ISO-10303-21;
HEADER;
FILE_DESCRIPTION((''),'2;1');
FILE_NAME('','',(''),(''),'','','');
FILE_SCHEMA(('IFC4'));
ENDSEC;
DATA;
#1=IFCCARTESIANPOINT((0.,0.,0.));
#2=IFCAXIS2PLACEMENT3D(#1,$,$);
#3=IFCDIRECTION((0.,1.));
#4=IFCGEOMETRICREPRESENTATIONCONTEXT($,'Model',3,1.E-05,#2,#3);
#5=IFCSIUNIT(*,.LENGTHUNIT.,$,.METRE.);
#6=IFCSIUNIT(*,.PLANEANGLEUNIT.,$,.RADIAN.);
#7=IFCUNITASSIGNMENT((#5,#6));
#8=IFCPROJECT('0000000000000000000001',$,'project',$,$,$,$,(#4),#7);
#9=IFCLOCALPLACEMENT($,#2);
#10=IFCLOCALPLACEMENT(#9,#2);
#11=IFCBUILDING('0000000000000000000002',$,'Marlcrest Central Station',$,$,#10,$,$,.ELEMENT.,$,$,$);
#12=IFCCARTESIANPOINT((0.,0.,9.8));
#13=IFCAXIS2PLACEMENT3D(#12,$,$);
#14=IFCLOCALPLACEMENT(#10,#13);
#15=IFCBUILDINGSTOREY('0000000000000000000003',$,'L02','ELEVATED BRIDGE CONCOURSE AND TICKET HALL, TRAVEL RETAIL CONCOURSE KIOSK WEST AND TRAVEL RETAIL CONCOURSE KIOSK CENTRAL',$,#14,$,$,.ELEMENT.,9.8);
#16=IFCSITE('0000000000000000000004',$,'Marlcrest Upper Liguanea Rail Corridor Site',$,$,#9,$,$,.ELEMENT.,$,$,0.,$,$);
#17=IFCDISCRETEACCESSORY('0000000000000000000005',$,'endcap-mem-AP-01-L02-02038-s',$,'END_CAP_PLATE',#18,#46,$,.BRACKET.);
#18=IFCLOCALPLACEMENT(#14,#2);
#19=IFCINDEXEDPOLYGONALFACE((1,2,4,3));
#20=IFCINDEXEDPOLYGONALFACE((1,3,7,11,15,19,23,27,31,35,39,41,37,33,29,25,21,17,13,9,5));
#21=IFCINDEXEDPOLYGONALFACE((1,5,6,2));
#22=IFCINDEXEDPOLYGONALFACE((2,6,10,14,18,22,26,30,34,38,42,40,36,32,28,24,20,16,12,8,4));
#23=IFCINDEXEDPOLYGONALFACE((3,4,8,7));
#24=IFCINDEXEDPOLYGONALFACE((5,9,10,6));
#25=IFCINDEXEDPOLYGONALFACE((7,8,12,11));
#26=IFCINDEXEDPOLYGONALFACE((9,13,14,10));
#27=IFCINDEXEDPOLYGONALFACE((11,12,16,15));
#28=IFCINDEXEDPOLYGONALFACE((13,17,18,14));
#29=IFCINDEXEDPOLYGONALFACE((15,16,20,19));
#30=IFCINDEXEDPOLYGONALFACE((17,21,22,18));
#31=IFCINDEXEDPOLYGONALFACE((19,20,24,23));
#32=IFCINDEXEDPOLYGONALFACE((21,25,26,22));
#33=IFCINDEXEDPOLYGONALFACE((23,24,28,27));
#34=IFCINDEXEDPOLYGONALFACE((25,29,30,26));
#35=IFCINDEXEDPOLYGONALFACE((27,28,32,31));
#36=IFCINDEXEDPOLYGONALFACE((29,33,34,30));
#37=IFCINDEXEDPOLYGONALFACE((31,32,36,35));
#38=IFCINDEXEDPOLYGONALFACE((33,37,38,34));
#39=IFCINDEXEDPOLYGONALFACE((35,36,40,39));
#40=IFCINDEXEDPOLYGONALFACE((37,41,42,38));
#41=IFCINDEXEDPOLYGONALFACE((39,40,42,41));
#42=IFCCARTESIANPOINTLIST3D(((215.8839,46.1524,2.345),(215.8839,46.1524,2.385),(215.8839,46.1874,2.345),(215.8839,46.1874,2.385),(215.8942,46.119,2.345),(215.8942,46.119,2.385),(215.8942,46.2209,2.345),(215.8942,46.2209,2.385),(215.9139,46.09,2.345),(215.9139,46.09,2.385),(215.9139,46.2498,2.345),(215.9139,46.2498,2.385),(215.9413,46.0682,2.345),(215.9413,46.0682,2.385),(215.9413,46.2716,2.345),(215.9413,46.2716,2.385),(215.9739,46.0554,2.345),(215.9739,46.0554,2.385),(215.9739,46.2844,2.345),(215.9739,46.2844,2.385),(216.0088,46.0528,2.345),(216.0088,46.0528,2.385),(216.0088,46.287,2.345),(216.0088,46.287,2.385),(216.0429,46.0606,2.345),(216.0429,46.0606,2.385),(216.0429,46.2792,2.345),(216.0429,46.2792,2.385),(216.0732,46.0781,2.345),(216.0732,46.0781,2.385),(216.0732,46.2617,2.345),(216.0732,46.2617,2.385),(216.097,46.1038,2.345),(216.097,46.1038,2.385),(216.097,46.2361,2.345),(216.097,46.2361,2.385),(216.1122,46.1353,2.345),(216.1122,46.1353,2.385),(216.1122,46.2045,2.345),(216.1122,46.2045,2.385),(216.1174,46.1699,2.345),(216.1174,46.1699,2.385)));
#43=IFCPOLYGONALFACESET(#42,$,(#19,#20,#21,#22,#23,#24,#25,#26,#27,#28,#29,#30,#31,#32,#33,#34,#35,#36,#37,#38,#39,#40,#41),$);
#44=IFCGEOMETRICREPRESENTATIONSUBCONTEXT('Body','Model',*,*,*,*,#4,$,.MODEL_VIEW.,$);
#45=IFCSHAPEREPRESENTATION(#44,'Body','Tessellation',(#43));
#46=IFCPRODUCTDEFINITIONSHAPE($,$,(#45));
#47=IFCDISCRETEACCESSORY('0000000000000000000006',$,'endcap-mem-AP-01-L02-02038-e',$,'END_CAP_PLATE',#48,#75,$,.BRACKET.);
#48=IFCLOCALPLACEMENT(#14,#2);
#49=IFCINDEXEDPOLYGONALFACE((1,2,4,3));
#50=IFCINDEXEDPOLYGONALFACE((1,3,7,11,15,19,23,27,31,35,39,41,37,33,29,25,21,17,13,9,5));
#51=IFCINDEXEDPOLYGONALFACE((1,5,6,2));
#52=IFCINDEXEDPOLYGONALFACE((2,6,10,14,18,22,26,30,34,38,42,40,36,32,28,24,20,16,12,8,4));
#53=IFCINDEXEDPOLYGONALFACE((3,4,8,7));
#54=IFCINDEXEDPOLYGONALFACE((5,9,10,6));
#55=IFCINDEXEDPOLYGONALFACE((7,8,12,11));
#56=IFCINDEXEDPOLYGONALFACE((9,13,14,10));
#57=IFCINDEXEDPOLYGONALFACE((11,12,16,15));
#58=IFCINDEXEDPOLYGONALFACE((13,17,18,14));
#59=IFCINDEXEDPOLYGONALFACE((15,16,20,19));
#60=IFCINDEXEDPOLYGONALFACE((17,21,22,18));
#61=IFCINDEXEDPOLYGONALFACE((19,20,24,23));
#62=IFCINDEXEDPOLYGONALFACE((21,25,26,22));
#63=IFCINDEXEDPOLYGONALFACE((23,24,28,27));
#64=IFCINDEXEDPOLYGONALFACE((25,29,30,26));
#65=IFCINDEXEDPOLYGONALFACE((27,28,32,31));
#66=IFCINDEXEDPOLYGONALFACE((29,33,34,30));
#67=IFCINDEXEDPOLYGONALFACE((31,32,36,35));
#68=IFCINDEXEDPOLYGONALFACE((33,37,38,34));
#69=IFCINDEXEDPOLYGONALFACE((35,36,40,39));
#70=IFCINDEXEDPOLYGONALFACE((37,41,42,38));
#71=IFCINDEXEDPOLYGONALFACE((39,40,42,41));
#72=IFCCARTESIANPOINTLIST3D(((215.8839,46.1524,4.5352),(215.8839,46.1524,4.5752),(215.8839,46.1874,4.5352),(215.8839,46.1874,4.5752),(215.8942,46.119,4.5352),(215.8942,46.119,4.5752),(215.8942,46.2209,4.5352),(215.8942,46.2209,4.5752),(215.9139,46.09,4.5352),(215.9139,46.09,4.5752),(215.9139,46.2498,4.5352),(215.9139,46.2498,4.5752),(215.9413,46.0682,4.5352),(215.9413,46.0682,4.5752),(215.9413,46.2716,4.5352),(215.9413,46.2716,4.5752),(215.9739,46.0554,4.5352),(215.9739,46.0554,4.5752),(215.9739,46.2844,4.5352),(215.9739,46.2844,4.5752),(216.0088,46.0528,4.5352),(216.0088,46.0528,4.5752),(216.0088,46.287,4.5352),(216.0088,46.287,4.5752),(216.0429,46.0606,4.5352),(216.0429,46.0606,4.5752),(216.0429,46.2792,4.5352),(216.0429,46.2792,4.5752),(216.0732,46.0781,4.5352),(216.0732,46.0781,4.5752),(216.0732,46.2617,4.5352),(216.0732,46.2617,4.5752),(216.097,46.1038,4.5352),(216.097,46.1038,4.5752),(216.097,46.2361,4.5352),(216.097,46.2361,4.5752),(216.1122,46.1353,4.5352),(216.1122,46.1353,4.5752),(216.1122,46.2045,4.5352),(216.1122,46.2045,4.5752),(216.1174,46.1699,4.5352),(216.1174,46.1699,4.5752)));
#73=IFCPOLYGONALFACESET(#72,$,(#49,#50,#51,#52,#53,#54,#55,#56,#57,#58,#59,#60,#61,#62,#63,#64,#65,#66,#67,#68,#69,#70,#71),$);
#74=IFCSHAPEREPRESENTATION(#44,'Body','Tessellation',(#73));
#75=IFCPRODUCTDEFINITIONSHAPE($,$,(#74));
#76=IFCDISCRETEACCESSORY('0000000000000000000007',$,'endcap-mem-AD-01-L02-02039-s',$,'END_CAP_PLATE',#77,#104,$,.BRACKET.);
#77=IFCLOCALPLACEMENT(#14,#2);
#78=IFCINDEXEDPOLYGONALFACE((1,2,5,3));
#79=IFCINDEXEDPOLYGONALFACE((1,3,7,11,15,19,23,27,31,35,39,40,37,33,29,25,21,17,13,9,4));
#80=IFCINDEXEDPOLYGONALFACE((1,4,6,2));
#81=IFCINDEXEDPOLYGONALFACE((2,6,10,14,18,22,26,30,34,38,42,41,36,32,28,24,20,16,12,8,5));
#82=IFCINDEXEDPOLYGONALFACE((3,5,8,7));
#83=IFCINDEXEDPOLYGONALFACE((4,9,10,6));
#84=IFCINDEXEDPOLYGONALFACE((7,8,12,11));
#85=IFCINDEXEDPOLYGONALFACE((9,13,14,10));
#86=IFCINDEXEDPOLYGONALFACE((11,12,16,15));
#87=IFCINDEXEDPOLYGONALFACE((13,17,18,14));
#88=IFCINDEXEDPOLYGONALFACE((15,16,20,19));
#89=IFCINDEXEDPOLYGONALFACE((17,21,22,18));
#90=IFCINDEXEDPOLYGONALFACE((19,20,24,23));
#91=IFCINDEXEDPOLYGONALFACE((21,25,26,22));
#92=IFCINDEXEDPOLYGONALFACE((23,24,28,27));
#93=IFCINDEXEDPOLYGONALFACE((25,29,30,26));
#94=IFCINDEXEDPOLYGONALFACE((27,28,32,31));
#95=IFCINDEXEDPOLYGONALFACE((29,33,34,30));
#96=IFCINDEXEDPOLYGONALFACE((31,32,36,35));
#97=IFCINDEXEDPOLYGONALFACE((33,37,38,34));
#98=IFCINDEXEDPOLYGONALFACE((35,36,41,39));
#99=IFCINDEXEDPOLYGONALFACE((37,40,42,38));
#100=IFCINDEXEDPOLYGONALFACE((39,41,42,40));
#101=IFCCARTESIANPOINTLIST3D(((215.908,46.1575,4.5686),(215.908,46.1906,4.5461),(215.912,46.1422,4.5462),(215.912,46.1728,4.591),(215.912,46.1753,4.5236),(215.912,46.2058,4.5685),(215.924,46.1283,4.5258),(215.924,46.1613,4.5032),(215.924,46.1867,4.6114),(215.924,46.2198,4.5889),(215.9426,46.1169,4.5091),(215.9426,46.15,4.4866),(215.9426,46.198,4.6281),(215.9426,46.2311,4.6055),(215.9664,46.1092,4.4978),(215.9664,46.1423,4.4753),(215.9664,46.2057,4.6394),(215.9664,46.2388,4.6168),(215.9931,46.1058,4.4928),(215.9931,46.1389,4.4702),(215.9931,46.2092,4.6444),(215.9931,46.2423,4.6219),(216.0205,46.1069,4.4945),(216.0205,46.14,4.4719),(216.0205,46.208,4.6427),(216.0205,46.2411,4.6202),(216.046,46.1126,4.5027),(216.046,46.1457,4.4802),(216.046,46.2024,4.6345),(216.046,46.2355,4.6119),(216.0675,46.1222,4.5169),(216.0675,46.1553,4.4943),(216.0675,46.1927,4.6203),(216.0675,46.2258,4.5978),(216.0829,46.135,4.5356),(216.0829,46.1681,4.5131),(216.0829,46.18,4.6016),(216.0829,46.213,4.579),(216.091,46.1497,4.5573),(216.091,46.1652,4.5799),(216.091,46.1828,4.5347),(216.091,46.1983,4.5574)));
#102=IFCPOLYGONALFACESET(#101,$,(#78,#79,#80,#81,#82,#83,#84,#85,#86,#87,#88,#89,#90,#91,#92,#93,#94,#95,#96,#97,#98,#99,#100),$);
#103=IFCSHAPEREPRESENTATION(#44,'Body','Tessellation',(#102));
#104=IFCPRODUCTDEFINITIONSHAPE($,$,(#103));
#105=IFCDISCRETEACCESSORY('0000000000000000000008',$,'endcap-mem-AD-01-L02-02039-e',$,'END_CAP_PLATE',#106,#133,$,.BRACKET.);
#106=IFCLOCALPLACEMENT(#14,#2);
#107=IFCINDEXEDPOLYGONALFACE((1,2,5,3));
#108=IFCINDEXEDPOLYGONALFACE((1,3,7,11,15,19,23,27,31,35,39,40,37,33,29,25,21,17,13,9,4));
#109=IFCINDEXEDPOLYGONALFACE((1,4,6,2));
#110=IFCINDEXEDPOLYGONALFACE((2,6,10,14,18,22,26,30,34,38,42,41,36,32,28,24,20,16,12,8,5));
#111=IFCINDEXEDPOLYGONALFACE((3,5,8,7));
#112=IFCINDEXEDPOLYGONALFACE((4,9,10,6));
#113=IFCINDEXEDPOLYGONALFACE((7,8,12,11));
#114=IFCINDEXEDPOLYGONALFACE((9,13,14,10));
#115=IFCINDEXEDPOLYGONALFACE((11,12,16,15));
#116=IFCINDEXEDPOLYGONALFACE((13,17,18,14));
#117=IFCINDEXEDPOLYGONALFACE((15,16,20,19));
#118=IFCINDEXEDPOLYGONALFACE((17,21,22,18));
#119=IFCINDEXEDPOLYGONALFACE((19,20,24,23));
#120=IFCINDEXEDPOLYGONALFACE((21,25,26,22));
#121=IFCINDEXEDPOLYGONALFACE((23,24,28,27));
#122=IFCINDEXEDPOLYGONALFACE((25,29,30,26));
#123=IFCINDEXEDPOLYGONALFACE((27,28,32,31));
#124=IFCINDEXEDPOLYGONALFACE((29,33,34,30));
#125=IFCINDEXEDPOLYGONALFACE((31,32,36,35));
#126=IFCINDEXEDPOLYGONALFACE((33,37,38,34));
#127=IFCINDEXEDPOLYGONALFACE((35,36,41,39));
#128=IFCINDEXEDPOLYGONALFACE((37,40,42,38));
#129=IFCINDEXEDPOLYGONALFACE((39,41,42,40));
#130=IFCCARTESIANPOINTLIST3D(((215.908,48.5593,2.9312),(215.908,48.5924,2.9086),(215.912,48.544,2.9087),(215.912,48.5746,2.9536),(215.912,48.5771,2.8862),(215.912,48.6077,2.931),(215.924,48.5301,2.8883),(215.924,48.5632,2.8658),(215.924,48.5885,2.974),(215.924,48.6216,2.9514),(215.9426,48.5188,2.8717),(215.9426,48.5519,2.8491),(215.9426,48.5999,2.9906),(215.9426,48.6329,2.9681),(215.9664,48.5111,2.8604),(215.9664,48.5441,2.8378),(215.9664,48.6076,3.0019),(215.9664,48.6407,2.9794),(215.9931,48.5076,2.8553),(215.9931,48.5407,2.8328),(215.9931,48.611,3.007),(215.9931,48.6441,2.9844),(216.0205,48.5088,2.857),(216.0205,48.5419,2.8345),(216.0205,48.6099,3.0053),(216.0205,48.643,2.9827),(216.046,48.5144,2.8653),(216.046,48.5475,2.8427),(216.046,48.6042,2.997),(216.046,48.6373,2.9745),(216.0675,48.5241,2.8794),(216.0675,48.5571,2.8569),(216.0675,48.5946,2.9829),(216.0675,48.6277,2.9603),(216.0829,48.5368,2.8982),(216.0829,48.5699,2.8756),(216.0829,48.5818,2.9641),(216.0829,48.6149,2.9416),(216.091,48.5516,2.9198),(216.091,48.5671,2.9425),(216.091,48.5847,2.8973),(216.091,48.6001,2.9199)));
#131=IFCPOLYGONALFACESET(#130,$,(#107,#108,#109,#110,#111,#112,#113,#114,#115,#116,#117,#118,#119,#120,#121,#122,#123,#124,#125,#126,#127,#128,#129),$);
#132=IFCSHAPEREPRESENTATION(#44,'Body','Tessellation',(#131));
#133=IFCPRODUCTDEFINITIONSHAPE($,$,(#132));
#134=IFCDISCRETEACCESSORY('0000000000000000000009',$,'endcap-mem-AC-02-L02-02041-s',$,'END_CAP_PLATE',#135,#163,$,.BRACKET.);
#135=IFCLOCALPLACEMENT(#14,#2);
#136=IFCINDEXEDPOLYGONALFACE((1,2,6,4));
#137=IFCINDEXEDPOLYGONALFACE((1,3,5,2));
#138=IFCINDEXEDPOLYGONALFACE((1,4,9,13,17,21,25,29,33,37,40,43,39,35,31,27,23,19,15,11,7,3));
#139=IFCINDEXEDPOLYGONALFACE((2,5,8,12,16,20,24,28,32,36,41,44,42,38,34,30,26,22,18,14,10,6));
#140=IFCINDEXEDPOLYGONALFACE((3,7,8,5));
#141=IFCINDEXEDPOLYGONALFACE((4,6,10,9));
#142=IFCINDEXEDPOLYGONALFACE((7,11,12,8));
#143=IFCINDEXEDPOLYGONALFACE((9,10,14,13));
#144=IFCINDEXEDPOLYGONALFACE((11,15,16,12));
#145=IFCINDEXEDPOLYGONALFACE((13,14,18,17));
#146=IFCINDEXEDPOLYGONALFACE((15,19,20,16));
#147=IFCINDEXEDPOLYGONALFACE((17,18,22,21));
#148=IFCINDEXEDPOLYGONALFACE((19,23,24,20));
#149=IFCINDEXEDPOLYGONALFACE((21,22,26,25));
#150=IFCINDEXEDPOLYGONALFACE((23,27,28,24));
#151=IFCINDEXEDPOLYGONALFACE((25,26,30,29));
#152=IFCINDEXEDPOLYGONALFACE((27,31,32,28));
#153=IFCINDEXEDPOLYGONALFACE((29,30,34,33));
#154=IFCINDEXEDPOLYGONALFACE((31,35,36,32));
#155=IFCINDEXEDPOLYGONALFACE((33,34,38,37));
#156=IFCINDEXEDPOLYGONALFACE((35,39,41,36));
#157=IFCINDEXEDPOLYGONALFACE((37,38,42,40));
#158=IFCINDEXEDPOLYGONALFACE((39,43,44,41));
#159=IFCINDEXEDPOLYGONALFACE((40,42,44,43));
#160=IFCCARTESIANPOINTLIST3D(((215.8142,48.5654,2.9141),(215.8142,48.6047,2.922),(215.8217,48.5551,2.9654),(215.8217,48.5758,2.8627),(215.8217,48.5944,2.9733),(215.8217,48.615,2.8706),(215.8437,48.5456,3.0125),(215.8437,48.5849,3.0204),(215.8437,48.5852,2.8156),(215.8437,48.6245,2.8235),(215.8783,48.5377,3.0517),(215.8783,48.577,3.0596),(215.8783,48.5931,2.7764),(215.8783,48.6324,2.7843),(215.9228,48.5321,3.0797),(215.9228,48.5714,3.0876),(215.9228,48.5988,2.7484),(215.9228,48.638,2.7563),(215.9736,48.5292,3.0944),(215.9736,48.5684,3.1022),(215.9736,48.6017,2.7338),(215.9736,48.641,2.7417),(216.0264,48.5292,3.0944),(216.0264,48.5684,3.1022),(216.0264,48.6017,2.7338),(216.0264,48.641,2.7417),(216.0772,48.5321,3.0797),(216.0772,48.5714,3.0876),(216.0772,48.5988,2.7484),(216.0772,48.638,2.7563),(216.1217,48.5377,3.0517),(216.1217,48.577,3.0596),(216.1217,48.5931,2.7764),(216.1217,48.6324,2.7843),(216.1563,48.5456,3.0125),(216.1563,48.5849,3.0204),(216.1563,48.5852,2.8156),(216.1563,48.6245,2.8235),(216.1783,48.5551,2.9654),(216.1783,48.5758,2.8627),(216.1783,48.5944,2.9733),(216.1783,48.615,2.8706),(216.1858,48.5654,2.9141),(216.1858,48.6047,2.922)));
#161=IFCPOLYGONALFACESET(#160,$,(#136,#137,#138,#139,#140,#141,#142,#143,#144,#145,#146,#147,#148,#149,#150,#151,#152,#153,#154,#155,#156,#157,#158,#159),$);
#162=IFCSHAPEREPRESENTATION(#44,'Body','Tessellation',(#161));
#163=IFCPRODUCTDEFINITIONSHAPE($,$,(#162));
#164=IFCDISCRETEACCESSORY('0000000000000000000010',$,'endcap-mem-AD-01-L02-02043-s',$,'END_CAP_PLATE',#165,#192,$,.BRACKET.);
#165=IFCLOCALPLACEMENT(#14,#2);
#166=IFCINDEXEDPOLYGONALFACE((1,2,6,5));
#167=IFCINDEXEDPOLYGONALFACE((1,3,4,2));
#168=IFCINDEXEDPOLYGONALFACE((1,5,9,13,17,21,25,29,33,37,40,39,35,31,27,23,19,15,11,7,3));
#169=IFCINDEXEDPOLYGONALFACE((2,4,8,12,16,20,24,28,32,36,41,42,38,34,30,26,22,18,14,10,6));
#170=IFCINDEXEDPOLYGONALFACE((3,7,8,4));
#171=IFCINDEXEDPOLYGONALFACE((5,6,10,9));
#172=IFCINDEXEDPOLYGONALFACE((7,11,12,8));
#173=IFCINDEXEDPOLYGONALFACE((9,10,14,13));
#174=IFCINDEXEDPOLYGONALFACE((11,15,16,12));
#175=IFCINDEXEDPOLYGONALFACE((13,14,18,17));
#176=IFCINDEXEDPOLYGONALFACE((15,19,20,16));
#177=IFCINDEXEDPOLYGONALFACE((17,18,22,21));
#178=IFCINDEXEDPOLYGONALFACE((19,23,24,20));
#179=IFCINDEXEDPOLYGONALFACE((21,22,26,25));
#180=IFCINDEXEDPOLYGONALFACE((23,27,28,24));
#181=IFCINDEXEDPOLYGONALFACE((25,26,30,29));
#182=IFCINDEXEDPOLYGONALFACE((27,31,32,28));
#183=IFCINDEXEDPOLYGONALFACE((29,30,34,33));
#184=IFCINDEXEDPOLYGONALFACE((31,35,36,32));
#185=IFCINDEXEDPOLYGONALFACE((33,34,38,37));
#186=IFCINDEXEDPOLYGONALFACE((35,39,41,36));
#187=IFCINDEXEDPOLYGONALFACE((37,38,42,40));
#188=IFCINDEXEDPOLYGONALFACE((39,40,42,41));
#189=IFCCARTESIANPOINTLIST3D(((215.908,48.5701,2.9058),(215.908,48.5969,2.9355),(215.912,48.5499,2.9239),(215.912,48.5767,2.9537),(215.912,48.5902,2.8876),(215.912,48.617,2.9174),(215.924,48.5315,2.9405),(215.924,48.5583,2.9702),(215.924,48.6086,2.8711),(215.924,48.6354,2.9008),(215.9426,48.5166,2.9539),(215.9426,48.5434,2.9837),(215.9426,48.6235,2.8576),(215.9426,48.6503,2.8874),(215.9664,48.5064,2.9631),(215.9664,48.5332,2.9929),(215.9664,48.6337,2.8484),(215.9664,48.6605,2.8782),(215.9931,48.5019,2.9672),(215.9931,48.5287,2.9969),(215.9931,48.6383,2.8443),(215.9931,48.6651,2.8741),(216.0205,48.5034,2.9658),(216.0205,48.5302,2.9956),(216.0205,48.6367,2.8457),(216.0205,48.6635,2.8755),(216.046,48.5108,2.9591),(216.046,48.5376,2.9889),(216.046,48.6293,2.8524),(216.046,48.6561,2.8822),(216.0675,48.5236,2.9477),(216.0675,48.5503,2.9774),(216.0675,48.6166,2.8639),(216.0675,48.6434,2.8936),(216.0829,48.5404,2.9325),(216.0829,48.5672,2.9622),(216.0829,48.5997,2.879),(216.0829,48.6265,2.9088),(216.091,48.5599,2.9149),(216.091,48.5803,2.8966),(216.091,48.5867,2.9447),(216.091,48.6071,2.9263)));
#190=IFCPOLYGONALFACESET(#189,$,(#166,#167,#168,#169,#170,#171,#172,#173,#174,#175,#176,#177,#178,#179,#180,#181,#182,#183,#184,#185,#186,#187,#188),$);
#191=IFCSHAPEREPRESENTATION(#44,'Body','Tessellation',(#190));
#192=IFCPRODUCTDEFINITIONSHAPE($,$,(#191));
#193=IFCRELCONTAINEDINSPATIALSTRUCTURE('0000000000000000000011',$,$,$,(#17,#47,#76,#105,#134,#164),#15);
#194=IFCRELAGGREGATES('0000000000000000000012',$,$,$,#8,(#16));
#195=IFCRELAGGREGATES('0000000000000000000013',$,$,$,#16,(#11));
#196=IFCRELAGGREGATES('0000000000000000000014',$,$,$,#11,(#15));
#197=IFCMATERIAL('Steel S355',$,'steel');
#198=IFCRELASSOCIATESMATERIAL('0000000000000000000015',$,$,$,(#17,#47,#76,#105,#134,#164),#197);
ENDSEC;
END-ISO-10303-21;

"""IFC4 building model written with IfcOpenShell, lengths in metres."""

from ifc_helpers import new_model, si_unit, direction, frame, origin, origin_2d, place, context, subcontext, project, spatial, circle, extrude, material, element, save


model = new_model("IFC4")

# Units and contexts
model_context = context("Model", 3, precision=1e-05, world=origin(), true_north=direction((0.0, 1.0)))
body_context = subcontext(model_context, "Body", "Model", "MODEL_VIEW")
ifc_project = project(units=[si_unit("LENGTHUNIT", "METRE"), si_unit("PLANEANGLEUNIT", "RADIAN")], contexts=[model_context])

# Site, building, storey
site_placement = place(None, origin())
site = spatial("IfcSite", under=ifc_project, at=site_placement, Name="Marlcrest Upper Liguanea Rail Corridor Site", CompositionType="ELEMENT", RefElevation=0.0)
building_placement = place(site_placement, origin())
building = spatial("IfcBuilding", under=site, at=building_placement, Name="Marlcrest Central Station", CompositionType="ELEMENT")
storey_placement = place(building_placement, frame((0.0, 0.0, 9.8)))
storey = spatial("IfcBuildingStorey", under=building, at=storey_placement, Name="L02", Description="ELEVATED BRIDGE CONCOURSE AND TICKET HALL, TRAVEL RETAIL CONCOURSE KIOSK WEST AND TRAVEL RETAIL CONCOURSE KIOSK CENTRAL", CompositionType="ELEMENT", Elevation=9.8)

# Shared definitions
ifc_material = material(Name="Steel S355", Category="steel")

# Discrete accessories
for number, where, z_axis, x_axis, name in (
    (1, (216.0, 46.1699, 2.345), (0.0, 0.0, 1.0), (1.0, 0.0, 0.0), "endcap-mem-AP-01-L02-02038-s"),
    (2, (216.0, 46.1699, 4.5352), (0.0, 0.0, 1.0), (1.0, 0.0, 0.0), "endcap-mem-AP-01-L02-02038-e"),
):
    element("IfcDiscreteAccessory", number, at=place(storey_placement, frame(where, z_axis=z_axis, x_axis=x_axis)), inside=storey, material=ifc_material, Name=name, ObjectType="END_CAP_PLATE", PredefinedType="BRACKET", context=body_context, shape_type="SweptSolid", body=[
        extrude(circle(Radius=0.1174, at=origin_2d()), origin(), (0.0, 0.0, 1.0), 0.04),
    ])
for number, where, z_axis, x_axis, name in (
    (3, (216.0, 46.1575, 4.5686), (0.0, 0.826263, -0.563285), (-1.0, 0.0, 0.0), "endcap-mem-AD-01-L02-02039-s"),
    (4, (216.0, 48.5593, 2.9312), (0.0, 0.826263, -0.563285), (-1.0, 0.0, 0.0), "endcap-mem-AD-01-L02-02039-e"),
):
    element("IfcDiscreteAccessory", number, at=place(storey_placement, frame(where, z_axis=z_axis, x_axis=x_axis)), inside=storey, material=ifc_material, Name=name, ObjectType="END_CAP_PLATE", PredefinedType="BRACKET", context=body_context, shape_type="SweptSolid", body=[
        extrude(circle(Radius=0.092, at=origin_2d()), origin(), (0.0, 0.0, 1.0), 0.04),
    ])
discrete_accessory_1_placement = place(storey_placement, frame((216.0, 48.5654, 2.9141), z_axis=(0.0, 0.980359, 0.197219), x_axis=(-1.0, 0.0, 0.0)))
element("IfcDiscreteAccessory", 5, at=discrete_accessory_1_placement, inside=storey, material=ifc_material, Name="endcap-mem-AC-02-L02-02041-s", ObjectType="END_CAP_PLATE", PredefinedType="BRACKET", context=body_context, shape_type="SweptSolid", body=[
    extrude(circle(Radius=0.1858, at=origin_2d()), origin(), (0.0, 0.0, 1.0), 0.04),
])
discrete_accessory_2_placement = place(storey_placement, frame((216.0, 48.5701, 2.9058), z_axis=(0.0, 0.669244, 0.743042), x_axis=(-1.0, 0.0, 0.0)))
element("IfcDiscreteAccessory", 6, at=discrete_accessory_2_placement, inside=storey, material=ifc_material, Name="endcap-mem-AD-01-L02-02043-s", ObjectType="END_CAP_PLATE", PredefinedType="BRACKET", context=body_context, shape_type="SweptSolid", body=[
    extrude(circle(Radius=0.092, at=origin_2d()), origin(), (0.0, 0.0, 1.0), 0.04),
])

save(model, "model.ifc")
